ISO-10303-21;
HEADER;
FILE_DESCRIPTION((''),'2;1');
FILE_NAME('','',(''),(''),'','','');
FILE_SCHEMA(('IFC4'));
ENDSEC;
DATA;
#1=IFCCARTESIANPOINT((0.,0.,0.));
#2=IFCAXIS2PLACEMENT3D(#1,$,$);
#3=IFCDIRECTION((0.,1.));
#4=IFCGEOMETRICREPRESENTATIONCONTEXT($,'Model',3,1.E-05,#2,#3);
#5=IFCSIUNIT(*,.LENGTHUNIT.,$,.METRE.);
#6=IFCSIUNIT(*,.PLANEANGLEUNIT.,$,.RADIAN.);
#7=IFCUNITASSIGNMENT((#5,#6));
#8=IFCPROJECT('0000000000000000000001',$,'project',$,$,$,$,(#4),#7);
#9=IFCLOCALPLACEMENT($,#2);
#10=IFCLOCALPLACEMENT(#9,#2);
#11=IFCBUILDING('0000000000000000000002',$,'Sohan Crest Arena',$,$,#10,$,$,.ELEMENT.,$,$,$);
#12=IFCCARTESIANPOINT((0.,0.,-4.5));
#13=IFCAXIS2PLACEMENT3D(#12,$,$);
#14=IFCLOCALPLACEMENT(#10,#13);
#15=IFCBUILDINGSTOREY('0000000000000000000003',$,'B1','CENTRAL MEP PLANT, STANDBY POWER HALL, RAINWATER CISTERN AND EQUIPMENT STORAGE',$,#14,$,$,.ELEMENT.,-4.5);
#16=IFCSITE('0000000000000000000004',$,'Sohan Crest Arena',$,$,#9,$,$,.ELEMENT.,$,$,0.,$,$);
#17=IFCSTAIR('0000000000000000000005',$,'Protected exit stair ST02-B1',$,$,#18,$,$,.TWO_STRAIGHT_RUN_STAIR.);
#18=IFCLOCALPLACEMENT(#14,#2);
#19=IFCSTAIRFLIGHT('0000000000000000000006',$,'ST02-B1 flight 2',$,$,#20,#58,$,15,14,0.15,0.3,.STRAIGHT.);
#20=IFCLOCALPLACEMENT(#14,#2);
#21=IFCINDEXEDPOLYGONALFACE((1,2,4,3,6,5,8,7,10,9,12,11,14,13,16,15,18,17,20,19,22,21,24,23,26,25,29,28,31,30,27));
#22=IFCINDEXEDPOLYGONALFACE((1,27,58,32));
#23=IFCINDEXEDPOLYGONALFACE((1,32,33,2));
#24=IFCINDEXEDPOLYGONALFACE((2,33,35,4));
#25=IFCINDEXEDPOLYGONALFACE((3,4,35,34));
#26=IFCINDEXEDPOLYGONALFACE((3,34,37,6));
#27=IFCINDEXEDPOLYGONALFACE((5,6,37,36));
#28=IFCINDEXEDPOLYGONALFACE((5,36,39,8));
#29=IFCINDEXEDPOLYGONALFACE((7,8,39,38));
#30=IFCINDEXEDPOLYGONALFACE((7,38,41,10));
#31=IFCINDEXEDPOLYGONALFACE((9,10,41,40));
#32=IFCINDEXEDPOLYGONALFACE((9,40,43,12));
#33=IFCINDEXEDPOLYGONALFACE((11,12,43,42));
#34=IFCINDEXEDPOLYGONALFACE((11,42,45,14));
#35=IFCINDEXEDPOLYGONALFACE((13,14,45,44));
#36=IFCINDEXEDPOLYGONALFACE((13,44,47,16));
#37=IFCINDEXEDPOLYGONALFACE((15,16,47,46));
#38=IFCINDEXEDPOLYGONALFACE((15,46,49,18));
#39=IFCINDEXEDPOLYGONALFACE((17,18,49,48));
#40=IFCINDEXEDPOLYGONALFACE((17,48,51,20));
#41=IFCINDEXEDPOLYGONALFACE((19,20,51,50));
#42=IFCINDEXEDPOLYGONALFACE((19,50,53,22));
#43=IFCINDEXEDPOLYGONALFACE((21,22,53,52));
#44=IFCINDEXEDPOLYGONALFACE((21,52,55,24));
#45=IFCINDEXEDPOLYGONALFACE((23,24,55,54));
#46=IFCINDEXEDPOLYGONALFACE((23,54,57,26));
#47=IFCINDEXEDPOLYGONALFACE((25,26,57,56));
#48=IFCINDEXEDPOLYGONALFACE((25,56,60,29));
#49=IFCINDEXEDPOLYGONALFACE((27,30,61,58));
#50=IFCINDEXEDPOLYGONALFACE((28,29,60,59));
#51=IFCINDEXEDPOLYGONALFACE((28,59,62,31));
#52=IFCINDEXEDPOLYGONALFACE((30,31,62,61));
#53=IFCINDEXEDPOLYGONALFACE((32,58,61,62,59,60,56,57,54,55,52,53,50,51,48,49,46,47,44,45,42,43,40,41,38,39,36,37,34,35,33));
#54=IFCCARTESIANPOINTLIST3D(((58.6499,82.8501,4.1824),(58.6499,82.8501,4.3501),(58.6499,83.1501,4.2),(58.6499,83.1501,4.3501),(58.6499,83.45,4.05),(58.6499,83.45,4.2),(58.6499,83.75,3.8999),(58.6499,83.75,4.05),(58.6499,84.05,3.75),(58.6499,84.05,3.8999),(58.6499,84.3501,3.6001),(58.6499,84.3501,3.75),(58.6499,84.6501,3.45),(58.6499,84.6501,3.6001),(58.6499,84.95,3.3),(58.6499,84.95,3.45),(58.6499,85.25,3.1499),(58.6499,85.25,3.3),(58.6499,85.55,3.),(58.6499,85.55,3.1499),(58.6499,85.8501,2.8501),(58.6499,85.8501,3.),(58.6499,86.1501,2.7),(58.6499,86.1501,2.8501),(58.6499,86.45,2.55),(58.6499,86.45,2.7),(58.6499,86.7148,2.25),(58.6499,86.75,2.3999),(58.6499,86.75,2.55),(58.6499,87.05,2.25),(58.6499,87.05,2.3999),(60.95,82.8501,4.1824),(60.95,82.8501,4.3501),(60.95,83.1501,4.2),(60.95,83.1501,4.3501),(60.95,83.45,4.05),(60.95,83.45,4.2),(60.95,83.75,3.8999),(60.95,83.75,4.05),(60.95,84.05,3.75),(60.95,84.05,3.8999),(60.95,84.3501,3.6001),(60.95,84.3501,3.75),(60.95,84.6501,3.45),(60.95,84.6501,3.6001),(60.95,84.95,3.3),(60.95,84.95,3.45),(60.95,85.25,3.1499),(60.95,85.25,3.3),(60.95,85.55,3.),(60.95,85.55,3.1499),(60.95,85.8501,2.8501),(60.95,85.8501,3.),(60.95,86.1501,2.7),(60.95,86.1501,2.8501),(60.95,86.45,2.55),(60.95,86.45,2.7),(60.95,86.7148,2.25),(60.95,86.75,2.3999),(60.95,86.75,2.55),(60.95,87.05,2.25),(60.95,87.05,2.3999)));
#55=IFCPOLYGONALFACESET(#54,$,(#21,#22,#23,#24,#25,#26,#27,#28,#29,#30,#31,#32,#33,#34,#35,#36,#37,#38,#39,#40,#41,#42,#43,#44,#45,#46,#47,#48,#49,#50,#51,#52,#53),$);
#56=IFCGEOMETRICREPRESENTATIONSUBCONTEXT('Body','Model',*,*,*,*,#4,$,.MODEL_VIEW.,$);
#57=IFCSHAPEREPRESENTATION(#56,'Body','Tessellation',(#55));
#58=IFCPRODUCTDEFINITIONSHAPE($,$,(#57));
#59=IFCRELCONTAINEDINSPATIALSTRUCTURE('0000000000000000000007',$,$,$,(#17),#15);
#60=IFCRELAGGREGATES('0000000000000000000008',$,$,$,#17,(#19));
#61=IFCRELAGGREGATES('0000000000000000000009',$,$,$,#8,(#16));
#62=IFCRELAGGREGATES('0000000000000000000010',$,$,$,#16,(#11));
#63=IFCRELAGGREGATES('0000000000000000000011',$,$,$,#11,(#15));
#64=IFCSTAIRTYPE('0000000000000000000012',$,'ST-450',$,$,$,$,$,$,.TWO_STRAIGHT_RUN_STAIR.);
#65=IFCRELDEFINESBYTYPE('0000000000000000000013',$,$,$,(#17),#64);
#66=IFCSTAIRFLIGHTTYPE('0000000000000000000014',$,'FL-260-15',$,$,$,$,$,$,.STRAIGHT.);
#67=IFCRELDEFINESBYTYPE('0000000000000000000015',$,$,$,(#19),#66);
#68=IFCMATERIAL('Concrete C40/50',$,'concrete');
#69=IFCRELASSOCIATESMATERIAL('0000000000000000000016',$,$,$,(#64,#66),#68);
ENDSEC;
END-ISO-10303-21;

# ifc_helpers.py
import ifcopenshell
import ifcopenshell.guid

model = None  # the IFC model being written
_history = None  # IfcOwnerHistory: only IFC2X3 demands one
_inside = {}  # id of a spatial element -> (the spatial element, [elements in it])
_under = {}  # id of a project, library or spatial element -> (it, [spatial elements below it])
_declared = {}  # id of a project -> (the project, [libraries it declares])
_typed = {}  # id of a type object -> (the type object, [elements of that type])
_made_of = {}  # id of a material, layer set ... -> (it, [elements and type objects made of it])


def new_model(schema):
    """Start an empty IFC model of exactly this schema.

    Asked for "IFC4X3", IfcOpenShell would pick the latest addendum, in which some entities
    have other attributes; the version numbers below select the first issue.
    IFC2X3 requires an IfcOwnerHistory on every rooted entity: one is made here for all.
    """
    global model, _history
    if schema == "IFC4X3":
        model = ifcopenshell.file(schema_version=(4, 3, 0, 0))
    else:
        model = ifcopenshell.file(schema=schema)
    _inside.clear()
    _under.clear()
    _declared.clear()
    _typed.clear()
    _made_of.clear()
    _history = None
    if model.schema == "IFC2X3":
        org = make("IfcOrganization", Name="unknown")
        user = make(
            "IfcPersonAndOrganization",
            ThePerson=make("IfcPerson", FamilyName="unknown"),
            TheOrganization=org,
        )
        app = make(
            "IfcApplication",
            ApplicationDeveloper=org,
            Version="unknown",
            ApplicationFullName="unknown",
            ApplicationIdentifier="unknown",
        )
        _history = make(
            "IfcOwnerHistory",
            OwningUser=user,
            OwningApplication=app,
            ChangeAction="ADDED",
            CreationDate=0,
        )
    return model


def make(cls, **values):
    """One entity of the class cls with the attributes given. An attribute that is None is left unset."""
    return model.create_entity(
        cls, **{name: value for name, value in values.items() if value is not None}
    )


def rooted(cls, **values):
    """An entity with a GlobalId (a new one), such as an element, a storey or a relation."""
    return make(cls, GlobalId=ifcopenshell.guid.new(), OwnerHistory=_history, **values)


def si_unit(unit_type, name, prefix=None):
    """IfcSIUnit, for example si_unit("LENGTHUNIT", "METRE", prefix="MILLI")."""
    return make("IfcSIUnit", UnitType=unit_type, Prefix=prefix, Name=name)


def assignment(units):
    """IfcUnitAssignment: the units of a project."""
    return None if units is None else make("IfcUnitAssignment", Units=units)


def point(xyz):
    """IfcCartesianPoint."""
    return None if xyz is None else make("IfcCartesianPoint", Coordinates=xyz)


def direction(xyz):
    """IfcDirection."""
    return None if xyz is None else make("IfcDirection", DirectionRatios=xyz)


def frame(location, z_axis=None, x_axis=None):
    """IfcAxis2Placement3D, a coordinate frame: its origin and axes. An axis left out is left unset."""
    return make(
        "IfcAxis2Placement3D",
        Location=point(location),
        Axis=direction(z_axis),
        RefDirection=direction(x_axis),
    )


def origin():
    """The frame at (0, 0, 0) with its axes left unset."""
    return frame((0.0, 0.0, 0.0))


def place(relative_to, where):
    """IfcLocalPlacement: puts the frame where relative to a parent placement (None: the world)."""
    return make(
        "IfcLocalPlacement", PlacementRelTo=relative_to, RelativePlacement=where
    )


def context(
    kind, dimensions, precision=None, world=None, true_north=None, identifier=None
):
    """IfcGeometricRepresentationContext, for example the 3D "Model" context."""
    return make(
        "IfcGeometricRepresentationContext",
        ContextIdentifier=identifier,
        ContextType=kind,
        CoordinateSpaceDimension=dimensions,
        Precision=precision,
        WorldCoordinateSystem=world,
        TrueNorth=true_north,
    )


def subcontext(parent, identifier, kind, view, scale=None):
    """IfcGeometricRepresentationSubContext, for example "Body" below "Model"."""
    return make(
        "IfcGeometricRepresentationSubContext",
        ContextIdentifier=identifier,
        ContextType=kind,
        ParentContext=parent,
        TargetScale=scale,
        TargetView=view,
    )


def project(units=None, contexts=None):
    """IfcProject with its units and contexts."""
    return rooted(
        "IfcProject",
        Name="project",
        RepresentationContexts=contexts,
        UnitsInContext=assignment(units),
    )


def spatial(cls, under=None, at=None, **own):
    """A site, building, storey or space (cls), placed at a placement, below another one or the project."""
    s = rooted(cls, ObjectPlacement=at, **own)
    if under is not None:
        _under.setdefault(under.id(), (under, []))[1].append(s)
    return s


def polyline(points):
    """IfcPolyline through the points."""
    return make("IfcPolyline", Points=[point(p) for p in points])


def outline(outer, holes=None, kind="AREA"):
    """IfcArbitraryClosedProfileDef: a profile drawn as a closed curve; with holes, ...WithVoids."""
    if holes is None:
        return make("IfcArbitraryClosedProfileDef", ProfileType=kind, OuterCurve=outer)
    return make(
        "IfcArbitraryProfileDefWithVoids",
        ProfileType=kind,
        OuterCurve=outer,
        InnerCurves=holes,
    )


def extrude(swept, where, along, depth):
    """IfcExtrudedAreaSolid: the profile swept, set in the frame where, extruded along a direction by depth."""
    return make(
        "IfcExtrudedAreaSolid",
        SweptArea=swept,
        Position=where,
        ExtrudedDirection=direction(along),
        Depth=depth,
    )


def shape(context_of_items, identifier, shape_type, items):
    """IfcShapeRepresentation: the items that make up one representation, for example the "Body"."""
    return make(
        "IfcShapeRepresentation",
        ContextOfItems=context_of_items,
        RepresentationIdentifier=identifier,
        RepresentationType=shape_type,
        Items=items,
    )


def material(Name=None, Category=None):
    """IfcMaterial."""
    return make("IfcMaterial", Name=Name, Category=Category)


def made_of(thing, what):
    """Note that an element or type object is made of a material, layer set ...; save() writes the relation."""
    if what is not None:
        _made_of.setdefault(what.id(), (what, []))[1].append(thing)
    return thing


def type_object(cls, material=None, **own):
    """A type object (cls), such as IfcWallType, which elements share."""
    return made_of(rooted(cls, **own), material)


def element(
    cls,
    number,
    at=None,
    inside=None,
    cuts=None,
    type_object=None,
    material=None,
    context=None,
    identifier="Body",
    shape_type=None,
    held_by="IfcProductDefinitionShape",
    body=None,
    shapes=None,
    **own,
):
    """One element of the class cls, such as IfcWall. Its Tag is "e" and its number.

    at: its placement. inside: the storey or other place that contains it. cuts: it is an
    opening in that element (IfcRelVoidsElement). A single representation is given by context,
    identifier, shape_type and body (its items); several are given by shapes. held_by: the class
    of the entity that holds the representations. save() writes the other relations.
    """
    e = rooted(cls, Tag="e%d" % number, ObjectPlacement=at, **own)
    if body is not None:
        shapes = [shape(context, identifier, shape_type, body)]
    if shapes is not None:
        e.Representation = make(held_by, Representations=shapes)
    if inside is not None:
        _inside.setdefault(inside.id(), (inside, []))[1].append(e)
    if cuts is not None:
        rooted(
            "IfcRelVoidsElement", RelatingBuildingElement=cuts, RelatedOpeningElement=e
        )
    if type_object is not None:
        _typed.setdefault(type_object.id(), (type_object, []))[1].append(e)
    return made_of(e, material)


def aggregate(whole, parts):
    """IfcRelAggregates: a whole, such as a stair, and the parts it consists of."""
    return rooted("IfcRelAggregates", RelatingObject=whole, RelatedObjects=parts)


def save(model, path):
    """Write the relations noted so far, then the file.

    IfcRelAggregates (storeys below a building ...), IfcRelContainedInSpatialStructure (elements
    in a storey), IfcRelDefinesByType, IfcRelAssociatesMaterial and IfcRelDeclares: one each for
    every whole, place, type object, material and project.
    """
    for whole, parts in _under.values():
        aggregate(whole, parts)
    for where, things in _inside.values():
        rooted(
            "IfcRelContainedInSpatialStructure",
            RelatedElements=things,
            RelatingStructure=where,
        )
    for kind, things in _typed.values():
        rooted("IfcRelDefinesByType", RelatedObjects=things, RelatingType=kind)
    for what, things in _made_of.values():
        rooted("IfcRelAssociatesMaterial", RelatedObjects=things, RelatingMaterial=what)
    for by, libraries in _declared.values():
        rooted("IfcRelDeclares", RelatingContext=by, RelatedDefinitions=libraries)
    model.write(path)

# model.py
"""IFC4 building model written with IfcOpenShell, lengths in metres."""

from ifc_helpers import new_model, si_unit, direction, frame, origin, place, context, subcontext, project, spatial, polyline, outline, extrude, material, type_object, element, aggregate, save


model = new_model("IFC4")

# Units and contexts
model_context = context("Model", 3, precision=1e-05, world=origin(), true_north=direction((0.0, 1.0)))
body_context = subcontext(model_context, "Body", "Model", "MODEL_VIEW")
ifc_project = project(units=[si_unit("LENGTHUNIT", "METRE"), si_unit("PLANEANGLEUNIT", "RADIAN")], contexts=[model_context])

# Site, building, storey
site_placement = place(None, origin())
site = spatial("IfcSite", under=ifc_project, at=site_placement, Name="Sohan Crest Arena", CompositionType="ELEMENT", RefElevation=0.0)
building_placement = place(site_placement, origin())
building = spatial("IfcBuilding", under=site, at=building_placement, Name="Sohan Crest Arena", CompositionType="ELEMENT")
storey_placement = place(building_placement, frame((0.0, 0.0, -4.5)))
storey = spatial("IfcBuildingStorey", under=building, at=storey_placement, Name="B1", Description="CENTRAL MEP PLANT, STANDBY POWER HALL, RAINWATER CISTERN AND EQUIPMENT STORAGE", CompositionType="ELEMENT", Elevation=-4.5)

# Shared definitions
ifc_material_1 = material(Name="Concrete C40/50", Category="concrete")

# Stair, stair flight
stair_type = type_object("IfcStairType", Name="ST-450", PredefinedType="TWO_STRAIGHT_RUN_STAIR", material=ifc_material_1)
stair_placement = place(storey_placement, origin())
stair = element("IfcStair", 1, at=stair_placement, inside=storey, type_object=stair_type, Name="Protected exit stair ST02-B1", PredefinedType="TWO_STRAIGHT_RUN_STAIR")
stair_flight_type = type_object("IfcStairFlightType", Name="FL-260-15", PredefinedType="STRAIGHT", material=ifc_material_1)
stair_flight_placement = place(storey_placement, frame((59.8, 87.05, 2.25), z_axis=(0.0, 0.0, 1.0), x_axis=(0.0, -1.0, 0.0)))
stair_flight = element("IfcStairFlight", 2, at=stair_flight_placement, type_object=stair_flight_type, Name="ST02-B1 flight 2", NumberOfRisers=15, NumberOfTreads=14, PredefinedType="STRAIGHT", RiserHeight=0.15, TreadLength=0.3, context=body_context, shape_type="SweptSolid", body=[
    extrude(outline(polyline([(0.0, 0.0), (0.0, 0.1499), (0.3, 0.1499), (0.3, 0.3), (0.6001, 0.3), (0.6001, 0.45), (0.8999, 0.45), (0.8999, 0.6001), (1.2, 0.6001), (1.2, 0.75), (1.5, 0.75), (1.5, 0.8999), (1.8, 0.8999), (1.8, 1.05), (2.1001, 1.05), (2.1001, 1.2), (2.3999, 1.2), (2.3999, 1.3501), (2.7, 1.3501), (2.7, 1.5), (3.0, 1.5), (3.0, 1.6499), (3.3, 1.6499), (3.3, 1.8), (3.6001, 1.8), (3.6001, 1.95), (3.8999, 1.95), (3.8999, 2.1001), (4.2, 2.1001), (4.2, 2.25), (4.2, 1.9324), (0.3352, 0.0), (0.0, 0.0)])), frame((0.0, 1.1499, 0.0), z_axis=(0.0, -1.0, 0.0), x_axis=(1.0, 0.0, 0.0)), (0.0, 0.0, 1.0), 2.3),
])
aggregate(stair, [stair_flight])

save(model, "model.ifc")
